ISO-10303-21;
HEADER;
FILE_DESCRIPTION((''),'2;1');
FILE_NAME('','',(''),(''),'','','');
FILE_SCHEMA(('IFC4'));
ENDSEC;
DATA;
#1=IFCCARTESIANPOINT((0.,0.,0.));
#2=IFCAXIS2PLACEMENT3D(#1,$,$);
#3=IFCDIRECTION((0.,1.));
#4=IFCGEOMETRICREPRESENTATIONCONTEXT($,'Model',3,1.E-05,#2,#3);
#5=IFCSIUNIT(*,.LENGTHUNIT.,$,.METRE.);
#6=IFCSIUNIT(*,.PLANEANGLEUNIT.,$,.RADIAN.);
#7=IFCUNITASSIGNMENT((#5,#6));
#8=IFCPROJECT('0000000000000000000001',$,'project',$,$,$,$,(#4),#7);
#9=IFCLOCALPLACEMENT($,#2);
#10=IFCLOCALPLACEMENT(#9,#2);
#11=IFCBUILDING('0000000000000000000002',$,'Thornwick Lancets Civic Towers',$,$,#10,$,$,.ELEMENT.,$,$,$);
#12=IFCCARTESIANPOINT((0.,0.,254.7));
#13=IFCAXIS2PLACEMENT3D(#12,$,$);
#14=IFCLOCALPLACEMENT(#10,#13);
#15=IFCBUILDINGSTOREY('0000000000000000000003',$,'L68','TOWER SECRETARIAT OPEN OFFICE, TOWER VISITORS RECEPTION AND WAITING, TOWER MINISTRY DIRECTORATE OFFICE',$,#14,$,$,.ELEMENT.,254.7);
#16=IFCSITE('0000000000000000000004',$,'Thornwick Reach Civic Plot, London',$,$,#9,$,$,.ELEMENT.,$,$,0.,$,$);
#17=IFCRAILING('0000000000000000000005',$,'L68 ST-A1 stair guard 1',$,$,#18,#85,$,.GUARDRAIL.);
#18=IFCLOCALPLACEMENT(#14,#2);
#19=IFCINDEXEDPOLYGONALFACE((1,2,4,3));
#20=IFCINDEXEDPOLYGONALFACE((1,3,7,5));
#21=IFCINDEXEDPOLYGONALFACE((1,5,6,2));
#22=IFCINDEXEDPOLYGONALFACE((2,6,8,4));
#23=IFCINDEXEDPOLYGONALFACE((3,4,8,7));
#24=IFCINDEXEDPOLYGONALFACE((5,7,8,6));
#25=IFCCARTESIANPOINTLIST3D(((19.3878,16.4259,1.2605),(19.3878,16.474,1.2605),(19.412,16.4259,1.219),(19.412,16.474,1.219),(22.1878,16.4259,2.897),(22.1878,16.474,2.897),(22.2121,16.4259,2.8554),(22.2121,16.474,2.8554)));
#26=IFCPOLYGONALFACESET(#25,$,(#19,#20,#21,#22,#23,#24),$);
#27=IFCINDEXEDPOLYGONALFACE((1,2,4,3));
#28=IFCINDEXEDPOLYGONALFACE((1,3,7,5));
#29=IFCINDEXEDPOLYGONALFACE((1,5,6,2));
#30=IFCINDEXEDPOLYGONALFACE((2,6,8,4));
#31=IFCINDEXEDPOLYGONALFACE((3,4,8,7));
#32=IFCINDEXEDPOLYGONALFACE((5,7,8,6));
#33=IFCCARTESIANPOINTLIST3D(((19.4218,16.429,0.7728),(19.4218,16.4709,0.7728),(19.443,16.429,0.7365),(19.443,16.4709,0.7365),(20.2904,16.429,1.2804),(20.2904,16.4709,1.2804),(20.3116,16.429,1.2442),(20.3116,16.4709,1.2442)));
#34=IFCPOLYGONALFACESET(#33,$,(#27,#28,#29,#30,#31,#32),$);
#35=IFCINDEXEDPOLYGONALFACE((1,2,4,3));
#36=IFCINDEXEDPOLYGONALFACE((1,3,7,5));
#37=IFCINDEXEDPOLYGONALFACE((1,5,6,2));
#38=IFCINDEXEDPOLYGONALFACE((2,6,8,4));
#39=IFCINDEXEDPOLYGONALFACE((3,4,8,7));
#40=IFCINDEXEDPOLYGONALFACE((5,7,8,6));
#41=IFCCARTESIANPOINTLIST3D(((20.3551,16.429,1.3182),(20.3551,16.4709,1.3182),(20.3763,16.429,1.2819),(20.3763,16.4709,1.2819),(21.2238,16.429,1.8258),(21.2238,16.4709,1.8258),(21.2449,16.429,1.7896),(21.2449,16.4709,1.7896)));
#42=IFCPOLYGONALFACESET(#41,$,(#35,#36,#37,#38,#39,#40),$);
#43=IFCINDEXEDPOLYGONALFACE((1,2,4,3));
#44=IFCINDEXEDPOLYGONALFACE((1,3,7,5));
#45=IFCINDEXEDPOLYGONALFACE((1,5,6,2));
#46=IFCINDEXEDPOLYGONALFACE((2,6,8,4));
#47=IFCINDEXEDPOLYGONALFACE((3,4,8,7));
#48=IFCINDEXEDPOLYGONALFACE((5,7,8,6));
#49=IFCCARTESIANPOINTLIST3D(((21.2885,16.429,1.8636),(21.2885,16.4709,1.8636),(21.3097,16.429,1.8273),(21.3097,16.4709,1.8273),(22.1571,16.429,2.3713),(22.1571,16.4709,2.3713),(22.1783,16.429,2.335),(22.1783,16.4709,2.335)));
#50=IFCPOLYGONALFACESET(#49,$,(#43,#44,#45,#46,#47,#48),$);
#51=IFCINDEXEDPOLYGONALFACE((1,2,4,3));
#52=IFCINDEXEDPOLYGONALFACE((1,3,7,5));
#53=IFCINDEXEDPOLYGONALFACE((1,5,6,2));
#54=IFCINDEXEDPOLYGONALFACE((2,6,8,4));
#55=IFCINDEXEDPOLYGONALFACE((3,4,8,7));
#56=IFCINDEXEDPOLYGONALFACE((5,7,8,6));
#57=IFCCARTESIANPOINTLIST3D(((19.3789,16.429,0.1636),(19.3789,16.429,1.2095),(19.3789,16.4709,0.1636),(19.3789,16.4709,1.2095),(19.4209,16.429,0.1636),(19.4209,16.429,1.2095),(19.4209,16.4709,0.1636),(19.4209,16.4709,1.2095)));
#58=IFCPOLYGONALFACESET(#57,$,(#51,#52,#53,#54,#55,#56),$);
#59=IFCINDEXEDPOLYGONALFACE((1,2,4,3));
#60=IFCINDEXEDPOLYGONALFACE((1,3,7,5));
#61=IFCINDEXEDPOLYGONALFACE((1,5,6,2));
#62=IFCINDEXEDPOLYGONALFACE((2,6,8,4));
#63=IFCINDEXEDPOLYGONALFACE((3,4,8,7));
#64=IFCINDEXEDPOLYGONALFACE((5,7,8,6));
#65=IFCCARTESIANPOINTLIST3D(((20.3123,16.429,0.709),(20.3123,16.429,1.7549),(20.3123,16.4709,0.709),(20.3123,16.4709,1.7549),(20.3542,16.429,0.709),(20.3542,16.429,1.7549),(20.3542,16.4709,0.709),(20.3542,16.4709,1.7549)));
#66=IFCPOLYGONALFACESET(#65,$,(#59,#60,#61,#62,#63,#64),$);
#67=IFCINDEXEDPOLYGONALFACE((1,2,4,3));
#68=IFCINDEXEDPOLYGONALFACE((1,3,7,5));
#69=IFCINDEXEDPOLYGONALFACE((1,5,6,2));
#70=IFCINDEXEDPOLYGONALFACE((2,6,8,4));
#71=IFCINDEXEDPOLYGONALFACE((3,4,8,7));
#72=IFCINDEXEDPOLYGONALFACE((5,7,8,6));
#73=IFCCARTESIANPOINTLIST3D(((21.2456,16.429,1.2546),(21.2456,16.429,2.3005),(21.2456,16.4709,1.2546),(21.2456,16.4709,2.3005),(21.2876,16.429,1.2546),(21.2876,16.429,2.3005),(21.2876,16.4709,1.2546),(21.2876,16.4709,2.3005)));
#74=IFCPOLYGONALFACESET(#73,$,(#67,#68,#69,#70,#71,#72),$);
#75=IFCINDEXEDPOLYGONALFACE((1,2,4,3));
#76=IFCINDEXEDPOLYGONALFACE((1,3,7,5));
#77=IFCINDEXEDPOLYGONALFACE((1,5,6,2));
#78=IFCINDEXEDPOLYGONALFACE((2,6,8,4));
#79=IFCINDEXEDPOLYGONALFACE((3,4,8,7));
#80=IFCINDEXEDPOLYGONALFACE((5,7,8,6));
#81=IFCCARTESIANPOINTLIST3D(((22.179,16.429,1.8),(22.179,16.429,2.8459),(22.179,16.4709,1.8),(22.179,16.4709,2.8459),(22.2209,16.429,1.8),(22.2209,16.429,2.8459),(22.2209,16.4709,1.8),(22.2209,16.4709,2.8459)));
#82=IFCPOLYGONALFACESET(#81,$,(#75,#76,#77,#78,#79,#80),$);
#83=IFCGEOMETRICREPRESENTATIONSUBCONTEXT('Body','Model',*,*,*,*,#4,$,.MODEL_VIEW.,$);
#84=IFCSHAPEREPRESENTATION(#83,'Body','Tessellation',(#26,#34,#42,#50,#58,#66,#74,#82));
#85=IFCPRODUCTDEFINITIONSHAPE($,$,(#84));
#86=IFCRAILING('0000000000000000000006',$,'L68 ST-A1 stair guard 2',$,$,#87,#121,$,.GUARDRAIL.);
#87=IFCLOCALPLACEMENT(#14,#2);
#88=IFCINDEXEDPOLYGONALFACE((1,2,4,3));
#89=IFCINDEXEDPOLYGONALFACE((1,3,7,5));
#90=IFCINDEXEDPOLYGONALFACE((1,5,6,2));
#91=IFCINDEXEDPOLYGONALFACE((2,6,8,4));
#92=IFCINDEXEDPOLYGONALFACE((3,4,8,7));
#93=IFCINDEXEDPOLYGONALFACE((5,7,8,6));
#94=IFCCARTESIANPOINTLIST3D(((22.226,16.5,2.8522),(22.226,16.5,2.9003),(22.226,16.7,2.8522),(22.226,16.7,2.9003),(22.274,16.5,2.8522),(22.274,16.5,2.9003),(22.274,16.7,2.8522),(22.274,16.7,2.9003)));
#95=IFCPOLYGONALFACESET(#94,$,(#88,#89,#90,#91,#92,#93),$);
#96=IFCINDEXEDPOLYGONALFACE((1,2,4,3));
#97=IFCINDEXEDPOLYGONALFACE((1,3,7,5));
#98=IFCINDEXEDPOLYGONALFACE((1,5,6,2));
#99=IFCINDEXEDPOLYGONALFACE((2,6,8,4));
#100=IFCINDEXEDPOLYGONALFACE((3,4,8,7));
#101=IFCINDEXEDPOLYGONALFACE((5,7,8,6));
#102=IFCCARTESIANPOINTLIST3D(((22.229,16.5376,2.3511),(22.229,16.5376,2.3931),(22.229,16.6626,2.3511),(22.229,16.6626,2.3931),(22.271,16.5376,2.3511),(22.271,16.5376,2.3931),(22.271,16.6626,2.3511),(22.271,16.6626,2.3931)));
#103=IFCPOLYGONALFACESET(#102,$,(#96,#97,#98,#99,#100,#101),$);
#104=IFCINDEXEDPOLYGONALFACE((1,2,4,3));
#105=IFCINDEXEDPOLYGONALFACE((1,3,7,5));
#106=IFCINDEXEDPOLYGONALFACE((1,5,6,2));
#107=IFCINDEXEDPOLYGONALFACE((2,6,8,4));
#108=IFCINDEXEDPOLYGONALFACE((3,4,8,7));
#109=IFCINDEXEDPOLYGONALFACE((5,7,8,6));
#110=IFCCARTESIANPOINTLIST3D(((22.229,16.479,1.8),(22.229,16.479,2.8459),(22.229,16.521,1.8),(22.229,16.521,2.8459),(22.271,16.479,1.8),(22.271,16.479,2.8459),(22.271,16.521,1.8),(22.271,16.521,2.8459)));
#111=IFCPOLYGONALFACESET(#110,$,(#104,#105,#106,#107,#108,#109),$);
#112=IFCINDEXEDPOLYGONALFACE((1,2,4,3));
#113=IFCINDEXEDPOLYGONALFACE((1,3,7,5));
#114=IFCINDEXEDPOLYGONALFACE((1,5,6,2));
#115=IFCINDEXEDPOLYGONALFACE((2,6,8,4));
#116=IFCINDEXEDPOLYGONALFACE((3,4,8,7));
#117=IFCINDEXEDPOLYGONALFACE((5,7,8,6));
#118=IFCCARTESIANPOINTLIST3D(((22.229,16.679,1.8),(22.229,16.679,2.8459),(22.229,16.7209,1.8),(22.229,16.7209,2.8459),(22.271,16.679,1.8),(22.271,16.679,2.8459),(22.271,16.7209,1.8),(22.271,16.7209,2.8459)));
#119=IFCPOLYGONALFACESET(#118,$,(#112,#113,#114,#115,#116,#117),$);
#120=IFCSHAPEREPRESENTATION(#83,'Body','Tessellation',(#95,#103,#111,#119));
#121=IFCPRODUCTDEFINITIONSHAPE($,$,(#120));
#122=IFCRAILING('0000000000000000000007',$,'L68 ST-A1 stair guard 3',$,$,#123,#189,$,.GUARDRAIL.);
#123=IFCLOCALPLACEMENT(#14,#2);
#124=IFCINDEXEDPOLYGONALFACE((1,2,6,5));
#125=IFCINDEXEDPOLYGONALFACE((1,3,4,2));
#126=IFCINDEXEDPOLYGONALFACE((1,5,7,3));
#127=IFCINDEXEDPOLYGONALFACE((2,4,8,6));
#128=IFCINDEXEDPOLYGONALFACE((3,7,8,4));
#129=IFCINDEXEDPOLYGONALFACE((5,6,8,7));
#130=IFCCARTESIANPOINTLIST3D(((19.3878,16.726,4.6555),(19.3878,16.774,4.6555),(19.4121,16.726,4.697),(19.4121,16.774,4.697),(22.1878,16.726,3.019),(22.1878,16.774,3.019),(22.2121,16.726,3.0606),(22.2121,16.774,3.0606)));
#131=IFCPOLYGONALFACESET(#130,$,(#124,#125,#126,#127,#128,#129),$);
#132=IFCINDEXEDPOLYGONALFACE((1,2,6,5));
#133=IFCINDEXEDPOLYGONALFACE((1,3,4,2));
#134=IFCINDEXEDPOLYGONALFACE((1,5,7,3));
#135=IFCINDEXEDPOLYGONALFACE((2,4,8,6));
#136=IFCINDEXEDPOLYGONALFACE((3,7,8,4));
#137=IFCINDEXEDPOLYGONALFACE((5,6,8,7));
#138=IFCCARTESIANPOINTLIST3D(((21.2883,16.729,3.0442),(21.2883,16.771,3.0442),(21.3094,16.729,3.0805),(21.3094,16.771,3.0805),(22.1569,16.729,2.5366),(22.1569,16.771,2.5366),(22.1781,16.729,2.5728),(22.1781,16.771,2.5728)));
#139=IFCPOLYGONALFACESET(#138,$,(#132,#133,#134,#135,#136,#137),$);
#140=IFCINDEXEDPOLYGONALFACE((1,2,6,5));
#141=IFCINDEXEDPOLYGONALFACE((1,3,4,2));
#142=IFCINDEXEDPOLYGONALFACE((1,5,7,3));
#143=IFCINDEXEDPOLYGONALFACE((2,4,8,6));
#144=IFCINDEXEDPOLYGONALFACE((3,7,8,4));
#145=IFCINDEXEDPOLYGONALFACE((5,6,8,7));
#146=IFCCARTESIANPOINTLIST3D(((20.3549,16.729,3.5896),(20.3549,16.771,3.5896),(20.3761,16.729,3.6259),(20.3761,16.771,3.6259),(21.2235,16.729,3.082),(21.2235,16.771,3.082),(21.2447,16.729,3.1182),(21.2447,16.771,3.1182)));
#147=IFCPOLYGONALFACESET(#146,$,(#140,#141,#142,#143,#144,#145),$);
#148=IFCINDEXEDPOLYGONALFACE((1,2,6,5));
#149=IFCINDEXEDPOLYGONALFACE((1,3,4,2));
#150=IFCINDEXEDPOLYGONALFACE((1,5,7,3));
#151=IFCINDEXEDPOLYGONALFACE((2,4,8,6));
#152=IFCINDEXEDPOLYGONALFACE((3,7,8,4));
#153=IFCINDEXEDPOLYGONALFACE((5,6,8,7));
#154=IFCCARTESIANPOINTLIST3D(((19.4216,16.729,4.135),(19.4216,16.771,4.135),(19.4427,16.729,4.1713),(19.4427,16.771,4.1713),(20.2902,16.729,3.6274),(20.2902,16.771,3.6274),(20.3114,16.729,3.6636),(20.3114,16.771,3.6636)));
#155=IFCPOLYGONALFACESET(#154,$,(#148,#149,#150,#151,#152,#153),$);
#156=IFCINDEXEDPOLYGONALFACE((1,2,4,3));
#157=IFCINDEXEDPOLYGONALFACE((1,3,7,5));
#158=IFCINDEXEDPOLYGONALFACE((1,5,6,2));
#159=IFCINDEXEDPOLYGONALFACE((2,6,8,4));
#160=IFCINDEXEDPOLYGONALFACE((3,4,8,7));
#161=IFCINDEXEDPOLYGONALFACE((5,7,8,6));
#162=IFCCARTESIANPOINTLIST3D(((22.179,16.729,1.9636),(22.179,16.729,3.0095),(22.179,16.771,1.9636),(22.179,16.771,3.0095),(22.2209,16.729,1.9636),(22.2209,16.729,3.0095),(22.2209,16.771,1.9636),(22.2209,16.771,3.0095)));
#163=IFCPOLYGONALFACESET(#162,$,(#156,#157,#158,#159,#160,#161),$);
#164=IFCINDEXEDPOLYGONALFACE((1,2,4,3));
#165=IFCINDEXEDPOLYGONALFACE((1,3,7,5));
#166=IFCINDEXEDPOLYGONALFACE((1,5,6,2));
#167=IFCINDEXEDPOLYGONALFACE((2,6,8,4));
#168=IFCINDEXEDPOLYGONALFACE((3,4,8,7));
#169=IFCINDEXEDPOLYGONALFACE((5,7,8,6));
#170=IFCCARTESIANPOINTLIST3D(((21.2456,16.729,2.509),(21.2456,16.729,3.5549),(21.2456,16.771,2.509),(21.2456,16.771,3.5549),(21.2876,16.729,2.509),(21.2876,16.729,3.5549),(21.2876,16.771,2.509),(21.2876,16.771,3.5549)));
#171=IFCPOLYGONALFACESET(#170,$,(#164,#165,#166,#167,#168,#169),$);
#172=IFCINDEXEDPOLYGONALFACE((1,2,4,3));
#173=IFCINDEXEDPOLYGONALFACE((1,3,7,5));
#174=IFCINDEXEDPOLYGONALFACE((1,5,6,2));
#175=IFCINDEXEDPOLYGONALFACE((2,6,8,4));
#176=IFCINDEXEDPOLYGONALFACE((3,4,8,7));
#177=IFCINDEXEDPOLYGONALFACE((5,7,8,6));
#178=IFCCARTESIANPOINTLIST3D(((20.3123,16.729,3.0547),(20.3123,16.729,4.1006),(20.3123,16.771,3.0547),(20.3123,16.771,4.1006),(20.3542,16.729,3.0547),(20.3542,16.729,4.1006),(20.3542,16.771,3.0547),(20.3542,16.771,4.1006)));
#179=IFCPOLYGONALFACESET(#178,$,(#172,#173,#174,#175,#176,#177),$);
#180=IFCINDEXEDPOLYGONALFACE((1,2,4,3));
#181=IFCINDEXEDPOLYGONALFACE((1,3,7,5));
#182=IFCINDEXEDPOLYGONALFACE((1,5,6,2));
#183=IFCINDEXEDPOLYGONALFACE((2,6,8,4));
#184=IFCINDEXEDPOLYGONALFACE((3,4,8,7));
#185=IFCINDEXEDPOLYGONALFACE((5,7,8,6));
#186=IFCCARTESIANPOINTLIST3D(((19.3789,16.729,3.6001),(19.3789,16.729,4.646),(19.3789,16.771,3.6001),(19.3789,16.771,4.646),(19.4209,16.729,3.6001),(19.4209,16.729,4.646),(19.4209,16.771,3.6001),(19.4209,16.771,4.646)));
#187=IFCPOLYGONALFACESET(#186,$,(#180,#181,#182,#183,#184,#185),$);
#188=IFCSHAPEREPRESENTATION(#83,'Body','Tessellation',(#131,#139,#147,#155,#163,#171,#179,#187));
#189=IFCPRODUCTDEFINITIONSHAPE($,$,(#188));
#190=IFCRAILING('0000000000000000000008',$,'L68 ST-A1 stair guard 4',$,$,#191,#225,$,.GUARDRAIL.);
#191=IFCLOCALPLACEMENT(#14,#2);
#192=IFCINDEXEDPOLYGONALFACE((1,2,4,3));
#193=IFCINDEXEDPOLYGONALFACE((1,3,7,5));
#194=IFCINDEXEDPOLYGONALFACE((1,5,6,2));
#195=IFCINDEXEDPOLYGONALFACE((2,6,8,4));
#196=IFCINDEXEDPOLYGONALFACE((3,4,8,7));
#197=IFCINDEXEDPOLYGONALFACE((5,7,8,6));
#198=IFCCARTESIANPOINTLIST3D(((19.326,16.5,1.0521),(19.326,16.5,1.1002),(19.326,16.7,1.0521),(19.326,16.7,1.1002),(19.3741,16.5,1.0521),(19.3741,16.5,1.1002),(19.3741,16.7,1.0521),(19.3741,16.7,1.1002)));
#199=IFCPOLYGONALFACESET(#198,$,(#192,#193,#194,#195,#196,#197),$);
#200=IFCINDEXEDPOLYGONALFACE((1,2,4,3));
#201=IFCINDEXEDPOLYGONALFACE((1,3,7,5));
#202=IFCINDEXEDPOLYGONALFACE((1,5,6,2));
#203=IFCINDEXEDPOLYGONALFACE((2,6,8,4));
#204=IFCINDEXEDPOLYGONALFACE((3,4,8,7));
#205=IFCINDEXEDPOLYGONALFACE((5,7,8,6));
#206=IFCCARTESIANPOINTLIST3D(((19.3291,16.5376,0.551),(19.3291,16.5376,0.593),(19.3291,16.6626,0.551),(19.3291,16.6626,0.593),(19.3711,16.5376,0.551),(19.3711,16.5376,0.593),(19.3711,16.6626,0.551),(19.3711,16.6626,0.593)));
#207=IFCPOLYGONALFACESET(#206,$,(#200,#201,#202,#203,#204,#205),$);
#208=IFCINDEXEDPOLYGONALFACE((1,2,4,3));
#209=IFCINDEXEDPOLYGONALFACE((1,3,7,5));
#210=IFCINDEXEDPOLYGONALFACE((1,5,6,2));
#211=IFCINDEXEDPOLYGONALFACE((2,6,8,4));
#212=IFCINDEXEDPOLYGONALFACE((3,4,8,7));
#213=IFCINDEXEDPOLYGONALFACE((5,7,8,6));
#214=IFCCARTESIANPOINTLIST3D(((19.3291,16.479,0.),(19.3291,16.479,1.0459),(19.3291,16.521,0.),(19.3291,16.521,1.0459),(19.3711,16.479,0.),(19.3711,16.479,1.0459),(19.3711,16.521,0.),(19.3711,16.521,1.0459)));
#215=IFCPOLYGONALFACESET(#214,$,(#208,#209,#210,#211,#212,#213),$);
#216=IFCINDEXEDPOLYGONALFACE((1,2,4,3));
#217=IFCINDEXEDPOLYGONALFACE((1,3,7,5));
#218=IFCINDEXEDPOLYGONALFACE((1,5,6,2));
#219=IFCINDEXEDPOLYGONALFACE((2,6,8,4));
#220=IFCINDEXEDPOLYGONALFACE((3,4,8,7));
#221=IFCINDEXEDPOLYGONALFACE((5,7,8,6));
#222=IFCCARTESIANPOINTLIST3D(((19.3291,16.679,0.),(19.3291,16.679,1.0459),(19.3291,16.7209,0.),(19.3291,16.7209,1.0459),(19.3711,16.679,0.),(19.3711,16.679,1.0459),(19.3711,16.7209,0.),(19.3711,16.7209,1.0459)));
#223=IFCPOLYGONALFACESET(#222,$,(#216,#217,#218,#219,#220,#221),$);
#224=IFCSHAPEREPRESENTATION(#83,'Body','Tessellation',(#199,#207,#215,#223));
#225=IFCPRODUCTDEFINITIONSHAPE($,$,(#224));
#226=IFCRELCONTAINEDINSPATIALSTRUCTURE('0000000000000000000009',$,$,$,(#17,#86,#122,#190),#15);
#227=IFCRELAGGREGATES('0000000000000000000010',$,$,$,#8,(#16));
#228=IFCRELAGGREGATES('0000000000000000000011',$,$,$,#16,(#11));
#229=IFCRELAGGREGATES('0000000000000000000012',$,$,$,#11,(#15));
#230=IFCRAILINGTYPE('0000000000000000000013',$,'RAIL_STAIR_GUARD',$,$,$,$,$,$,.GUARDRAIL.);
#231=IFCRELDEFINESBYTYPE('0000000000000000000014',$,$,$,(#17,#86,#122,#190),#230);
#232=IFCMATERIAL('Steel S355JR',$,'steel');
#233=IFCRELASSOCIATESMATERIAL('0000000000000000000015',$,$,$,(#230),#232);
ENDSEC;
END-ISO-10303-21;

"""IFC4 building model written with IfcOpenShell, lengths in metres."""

from ifc_helpers import new_model, si_unit, direction, frame, origin, origin_2d, place, context, subcontext, project, spatial, rectangle, extrude, material, type_object, element, save


model = new_model("IFC4")

# Units and contexts
model_context = context("Model", 3, precision=1e-05, world=origin(), true_north=direction((0.0, 1.0)))
body_context = subcontext(model_context, "Body", "Model", "MODEL_VIEW")
ifc_project = project(units=[si_unit("LENGTHUNIT", "METRE"), si_unit("PLANEANGLEUNIT", "RADIAN")], contexts=[model_context])

# Site, building, storey
site_placement = place(None, origin())
site = spatial("IfcSite", under=ifc_project, at=site_placement, Name="Thornwick Reach Civic Plot, London", CompositionType="ELEMENT", RefElevation=0.0)
building_placement = place(site_placement, origin())
building = spatial("IfcBuilding", under=site, at=building_placement, Name="Thornwick Lancets Civic Towers", CompositionType="ELEMENT")
storey_placement = place(building_placement, frame((0.0, 0.0, 254.7)))
storey = spatial("IfcBuildingStorey", under=building, at=storey_placement, Name="L68", Description="TOWER SECRETARIAT OPEN OFFICE, TOWER VISITORS RECEPTION AND WAITING, TOWER MINISTRY DIRECTORATE OFFICE", CompositionType="ELEMENT", Elevation=254.7)

# Shared definitions
ifc_material_1 = material(Name="Steel S355JR", Category="steel")

# Railings
railing_type_1 = type_object("IfcRailingType", Name="RAIL_STAIR_GUARD", PredefinedType="GUARDRAIL", material=ifc_material_1)
railing_1_placement = place(storey_placement, frame((19.3999, 16.45, 0.1636)))
element("IfcRailing", 1, at=railing_1_placement, inside=storey, type_object=railing_type_1, Name="L68 ST-A1 stair guard 1", PredefinedType="GUARDRAIL", context=body_context, shape_type="SweptSolid", body=[
    extrude(rectangle(XDim=0.0481, YDim=0.0481, at=origin_2d()), frame((0.0, 0.0, 1.0762), z_axis=(0.863361, 0.0, 0.504587), x_axis=(0.0, 1.0, 0.0)), (0.0, 0.0, 1.0), 3.2432),
    extrude(rectangle(XDim=0.042, YDim=0.042, at=origin_2d()), frame((0.0325, 0.0, 0.5911), z_axis=(0.863361, 0.0, 0.504587), x_axis=(0.0, 1.0, 0.0)), (0.0, 0.0, 1.0), 1.0061),
    extrude(rectangle(XDim=0.042, YDim=0.042, at=origin_2d()), frame((0.9658, 0.0, 1.1365), z_axis=(0.863361, 0.0, 0.504587), x_axis=(0.0, 1.0, 0.0)), (0.0, 0.0, 1.0), 1.0061),
    extrude(rectangle(XDim=0.042, YDim=0.042, at=origin_2d()), frame((1.8992, 0.0, 1.6819), z_axis=(0.863361, 0.0, 0.504587), x_axis=(0.0, 1.0, 0.0)), (0.0, 0.0, 1.0), 1.0061),
    extrude(rectangle(XDim=0.042, YDim=0.042, at=origin_2d()), origin(), (0.0, 0.0, 1.0), 1.0459),
    extrude(rectangle(XDim=0.042, YDim=0.042, at=origin_2d()), frame((0.9333, 0.0, 0.5454)), (0.0, 0.0, 1.0), 1.0459),
    extrude(rectangle(XDim=0.042, YDim=0.042, at=origin_2d()), frame((1.8667, 0.0, 1.0911)), (0.0, 0.0, 1.0), 1.0459),
    extrude(rectangle(XDim=0.042, YDim=0.042, at=origin_2d()), frame((2.8, 0.0, 1.6365)), (0.0, 0.0, 1.0), 1.0459),
])
railing_2_placement = place(storey_placement, frame((22.25, 16.5, 1.8)))
element("IfcRailing", 2, at=railing_2_placement, inside=storey, type_object=railing_type_1, Name="L68 ST-A1 stair guard 2", PredefinedType="GUARDRAIL", context=body_context, shape_type="SweptSolid", body=[
    extrude(rectangle(XDim=0.0481, YDim=0.0481, at=origin_2d()), frame((0.0, 0.0, 1.0762), z_axis=(0.0, 1.0, 0.0), x_axis=(-1.0, 0.0, 0.0)), (0.0, 0.0, 1.0), 0.2),
    extrude(rectangle(XDim=0.042, YDim=0.042, at=origin_2d()), frame((0.0, 0.0376, 0.572), z_axis=(0.0, 1.0, 0.0), x_axis=(-1.0, 0.0, 0.0)), (0.0, 0.0, 1.0), 0.125),
    extrude(rectangle(XDim=0.042, YDim=0.042, at=origin_2d()), origin(), (0.0, 0.0, 1.0), 1.0459),
    extrude(rectangle(XDim=0.042, YDim=0.042, at=origin_2d()), frame((0.0, 0.2, 0.0)), (0.0, 0.0, 1.0), 1.0459),
])
railing_3_placement = place(storey_placement, frame((22.2, 16.75, 1.9636)))
element("IfcRailing", 3, at=railing_3_placement, inside=storey, type_object=railing_type_1, Name="L68 ST-A1 stair guard 3", PredefinedType="GUARDRAIL", context=body_context, shape_type="SweptSolid", body=[
    extrude(rectangle(XDim=0.0481, YDim=0.0481, at=origin_2d()), frame((0.0, 0.0, 1.0762), z_axis=(-0.863361, 0.0, 0.504587), x_axis=(0.0, -1.0, 0.0)), (0.0, 0.0, 1.0), 3.2432),
    extrude(rectangle(XDim=0.042, YDim=0.042, at=origin_2d()), frame((-0.0325, 0.0, 0.5911), z_axis=(-0.863361, 0.0, 0.504587), x_axis=(0.0, -1.0, 0.0)), (0.0, 0.0, 1.0), 1.0061),
    extrude(rectangle(XDim=0.042, YDim=0.042, at=origin_2d()), frame((-0.9658, 0.0, 1.1365), z_axis=(-0.863361, 0.0, 0.504587), x_axis=(0.0, -1.0, 0.0)), (0.0, 0.0, 1.0), 1.0061),
    extrude(rectangle(XDim=0.042, YDim=0.042, at=origin_2d()), frame((-1.8992, 0.0, 1.6819), z_axis=(-0.863361, 0.0, 0.504587), x_axis=(0.0, -1.0, 0.0)), (0.0, 0.0, 1.0), 1.0061),
    extrude(rectangle(XDim=0.042, YDim=0.042, at=origin_2d()), origin(), (0.0, 0.0, 1.0), 1.0459),
    extrude(rectangle(XDim=0.042, YDim=0.042, at=origin_2d()), frame((-0.9333, 0.0, 0.5454)), (0.0, 0.0, 1.0), 1.0459),
    extrude(rectangle(XDim=0.042, YDim=0.042, at=origin_2d()), frame((-1.8667, 0.0, 1.0911)), (0.0, 0.0, 1.0), 1.0459),
    extrude(rectangle(XDim=0.042, YDim=0.042, at=origin_2d()), frame((-2.8, 0.0, 1.6365)), (0.0, 0.0, 1.0), 1.0459),
])
railing_4_placement = place(storey_placement, frame((19.3501, 16.5, 0.0)))
element("IfcRailing", 4, at=railing_4_placement, inside=storey, type_object=railing_type_1, Name="L68 ST-A1 stair guard 4", PredefinedType="GUARDRAIL", context=body_context, shape_type="SweptSolid", body=[
    extrude(rectangle(XDim=0.0481, YDim=0.0481, at=origin_2d()), frame((0.0, 0.0, 1.0762), z_axis=(0.0, 1.0, 0.0), x_axis=(-1.0, 0.0, 0.0)), (0.0, 0.0, 1.0), 0.2),
    extrude(rectangle(XDim=0.042, YDim=0.042, at=origin_2d()), frame((0.0, 0.0376, 0.572), z_axis=(0.0, 1.0, 0.0), x_axis=(-1.0, 0.0, 0.0)), (0.0, 0.0, 1.0), 0.125),
    extrude(rectangle(XDim=0.042, YDim=0.042, at=origin_2d()), origin(), (0.0, 0.0, 1.0), 1.0459),
    extrude(rectangle(XDim=0.042, YDim=0.042, at=origin_2d()), frame((0.0, 0.2, 0.0)), (0.0, 0.0, 1.0), 1.0459),
])

save(model, "model.ifc")
